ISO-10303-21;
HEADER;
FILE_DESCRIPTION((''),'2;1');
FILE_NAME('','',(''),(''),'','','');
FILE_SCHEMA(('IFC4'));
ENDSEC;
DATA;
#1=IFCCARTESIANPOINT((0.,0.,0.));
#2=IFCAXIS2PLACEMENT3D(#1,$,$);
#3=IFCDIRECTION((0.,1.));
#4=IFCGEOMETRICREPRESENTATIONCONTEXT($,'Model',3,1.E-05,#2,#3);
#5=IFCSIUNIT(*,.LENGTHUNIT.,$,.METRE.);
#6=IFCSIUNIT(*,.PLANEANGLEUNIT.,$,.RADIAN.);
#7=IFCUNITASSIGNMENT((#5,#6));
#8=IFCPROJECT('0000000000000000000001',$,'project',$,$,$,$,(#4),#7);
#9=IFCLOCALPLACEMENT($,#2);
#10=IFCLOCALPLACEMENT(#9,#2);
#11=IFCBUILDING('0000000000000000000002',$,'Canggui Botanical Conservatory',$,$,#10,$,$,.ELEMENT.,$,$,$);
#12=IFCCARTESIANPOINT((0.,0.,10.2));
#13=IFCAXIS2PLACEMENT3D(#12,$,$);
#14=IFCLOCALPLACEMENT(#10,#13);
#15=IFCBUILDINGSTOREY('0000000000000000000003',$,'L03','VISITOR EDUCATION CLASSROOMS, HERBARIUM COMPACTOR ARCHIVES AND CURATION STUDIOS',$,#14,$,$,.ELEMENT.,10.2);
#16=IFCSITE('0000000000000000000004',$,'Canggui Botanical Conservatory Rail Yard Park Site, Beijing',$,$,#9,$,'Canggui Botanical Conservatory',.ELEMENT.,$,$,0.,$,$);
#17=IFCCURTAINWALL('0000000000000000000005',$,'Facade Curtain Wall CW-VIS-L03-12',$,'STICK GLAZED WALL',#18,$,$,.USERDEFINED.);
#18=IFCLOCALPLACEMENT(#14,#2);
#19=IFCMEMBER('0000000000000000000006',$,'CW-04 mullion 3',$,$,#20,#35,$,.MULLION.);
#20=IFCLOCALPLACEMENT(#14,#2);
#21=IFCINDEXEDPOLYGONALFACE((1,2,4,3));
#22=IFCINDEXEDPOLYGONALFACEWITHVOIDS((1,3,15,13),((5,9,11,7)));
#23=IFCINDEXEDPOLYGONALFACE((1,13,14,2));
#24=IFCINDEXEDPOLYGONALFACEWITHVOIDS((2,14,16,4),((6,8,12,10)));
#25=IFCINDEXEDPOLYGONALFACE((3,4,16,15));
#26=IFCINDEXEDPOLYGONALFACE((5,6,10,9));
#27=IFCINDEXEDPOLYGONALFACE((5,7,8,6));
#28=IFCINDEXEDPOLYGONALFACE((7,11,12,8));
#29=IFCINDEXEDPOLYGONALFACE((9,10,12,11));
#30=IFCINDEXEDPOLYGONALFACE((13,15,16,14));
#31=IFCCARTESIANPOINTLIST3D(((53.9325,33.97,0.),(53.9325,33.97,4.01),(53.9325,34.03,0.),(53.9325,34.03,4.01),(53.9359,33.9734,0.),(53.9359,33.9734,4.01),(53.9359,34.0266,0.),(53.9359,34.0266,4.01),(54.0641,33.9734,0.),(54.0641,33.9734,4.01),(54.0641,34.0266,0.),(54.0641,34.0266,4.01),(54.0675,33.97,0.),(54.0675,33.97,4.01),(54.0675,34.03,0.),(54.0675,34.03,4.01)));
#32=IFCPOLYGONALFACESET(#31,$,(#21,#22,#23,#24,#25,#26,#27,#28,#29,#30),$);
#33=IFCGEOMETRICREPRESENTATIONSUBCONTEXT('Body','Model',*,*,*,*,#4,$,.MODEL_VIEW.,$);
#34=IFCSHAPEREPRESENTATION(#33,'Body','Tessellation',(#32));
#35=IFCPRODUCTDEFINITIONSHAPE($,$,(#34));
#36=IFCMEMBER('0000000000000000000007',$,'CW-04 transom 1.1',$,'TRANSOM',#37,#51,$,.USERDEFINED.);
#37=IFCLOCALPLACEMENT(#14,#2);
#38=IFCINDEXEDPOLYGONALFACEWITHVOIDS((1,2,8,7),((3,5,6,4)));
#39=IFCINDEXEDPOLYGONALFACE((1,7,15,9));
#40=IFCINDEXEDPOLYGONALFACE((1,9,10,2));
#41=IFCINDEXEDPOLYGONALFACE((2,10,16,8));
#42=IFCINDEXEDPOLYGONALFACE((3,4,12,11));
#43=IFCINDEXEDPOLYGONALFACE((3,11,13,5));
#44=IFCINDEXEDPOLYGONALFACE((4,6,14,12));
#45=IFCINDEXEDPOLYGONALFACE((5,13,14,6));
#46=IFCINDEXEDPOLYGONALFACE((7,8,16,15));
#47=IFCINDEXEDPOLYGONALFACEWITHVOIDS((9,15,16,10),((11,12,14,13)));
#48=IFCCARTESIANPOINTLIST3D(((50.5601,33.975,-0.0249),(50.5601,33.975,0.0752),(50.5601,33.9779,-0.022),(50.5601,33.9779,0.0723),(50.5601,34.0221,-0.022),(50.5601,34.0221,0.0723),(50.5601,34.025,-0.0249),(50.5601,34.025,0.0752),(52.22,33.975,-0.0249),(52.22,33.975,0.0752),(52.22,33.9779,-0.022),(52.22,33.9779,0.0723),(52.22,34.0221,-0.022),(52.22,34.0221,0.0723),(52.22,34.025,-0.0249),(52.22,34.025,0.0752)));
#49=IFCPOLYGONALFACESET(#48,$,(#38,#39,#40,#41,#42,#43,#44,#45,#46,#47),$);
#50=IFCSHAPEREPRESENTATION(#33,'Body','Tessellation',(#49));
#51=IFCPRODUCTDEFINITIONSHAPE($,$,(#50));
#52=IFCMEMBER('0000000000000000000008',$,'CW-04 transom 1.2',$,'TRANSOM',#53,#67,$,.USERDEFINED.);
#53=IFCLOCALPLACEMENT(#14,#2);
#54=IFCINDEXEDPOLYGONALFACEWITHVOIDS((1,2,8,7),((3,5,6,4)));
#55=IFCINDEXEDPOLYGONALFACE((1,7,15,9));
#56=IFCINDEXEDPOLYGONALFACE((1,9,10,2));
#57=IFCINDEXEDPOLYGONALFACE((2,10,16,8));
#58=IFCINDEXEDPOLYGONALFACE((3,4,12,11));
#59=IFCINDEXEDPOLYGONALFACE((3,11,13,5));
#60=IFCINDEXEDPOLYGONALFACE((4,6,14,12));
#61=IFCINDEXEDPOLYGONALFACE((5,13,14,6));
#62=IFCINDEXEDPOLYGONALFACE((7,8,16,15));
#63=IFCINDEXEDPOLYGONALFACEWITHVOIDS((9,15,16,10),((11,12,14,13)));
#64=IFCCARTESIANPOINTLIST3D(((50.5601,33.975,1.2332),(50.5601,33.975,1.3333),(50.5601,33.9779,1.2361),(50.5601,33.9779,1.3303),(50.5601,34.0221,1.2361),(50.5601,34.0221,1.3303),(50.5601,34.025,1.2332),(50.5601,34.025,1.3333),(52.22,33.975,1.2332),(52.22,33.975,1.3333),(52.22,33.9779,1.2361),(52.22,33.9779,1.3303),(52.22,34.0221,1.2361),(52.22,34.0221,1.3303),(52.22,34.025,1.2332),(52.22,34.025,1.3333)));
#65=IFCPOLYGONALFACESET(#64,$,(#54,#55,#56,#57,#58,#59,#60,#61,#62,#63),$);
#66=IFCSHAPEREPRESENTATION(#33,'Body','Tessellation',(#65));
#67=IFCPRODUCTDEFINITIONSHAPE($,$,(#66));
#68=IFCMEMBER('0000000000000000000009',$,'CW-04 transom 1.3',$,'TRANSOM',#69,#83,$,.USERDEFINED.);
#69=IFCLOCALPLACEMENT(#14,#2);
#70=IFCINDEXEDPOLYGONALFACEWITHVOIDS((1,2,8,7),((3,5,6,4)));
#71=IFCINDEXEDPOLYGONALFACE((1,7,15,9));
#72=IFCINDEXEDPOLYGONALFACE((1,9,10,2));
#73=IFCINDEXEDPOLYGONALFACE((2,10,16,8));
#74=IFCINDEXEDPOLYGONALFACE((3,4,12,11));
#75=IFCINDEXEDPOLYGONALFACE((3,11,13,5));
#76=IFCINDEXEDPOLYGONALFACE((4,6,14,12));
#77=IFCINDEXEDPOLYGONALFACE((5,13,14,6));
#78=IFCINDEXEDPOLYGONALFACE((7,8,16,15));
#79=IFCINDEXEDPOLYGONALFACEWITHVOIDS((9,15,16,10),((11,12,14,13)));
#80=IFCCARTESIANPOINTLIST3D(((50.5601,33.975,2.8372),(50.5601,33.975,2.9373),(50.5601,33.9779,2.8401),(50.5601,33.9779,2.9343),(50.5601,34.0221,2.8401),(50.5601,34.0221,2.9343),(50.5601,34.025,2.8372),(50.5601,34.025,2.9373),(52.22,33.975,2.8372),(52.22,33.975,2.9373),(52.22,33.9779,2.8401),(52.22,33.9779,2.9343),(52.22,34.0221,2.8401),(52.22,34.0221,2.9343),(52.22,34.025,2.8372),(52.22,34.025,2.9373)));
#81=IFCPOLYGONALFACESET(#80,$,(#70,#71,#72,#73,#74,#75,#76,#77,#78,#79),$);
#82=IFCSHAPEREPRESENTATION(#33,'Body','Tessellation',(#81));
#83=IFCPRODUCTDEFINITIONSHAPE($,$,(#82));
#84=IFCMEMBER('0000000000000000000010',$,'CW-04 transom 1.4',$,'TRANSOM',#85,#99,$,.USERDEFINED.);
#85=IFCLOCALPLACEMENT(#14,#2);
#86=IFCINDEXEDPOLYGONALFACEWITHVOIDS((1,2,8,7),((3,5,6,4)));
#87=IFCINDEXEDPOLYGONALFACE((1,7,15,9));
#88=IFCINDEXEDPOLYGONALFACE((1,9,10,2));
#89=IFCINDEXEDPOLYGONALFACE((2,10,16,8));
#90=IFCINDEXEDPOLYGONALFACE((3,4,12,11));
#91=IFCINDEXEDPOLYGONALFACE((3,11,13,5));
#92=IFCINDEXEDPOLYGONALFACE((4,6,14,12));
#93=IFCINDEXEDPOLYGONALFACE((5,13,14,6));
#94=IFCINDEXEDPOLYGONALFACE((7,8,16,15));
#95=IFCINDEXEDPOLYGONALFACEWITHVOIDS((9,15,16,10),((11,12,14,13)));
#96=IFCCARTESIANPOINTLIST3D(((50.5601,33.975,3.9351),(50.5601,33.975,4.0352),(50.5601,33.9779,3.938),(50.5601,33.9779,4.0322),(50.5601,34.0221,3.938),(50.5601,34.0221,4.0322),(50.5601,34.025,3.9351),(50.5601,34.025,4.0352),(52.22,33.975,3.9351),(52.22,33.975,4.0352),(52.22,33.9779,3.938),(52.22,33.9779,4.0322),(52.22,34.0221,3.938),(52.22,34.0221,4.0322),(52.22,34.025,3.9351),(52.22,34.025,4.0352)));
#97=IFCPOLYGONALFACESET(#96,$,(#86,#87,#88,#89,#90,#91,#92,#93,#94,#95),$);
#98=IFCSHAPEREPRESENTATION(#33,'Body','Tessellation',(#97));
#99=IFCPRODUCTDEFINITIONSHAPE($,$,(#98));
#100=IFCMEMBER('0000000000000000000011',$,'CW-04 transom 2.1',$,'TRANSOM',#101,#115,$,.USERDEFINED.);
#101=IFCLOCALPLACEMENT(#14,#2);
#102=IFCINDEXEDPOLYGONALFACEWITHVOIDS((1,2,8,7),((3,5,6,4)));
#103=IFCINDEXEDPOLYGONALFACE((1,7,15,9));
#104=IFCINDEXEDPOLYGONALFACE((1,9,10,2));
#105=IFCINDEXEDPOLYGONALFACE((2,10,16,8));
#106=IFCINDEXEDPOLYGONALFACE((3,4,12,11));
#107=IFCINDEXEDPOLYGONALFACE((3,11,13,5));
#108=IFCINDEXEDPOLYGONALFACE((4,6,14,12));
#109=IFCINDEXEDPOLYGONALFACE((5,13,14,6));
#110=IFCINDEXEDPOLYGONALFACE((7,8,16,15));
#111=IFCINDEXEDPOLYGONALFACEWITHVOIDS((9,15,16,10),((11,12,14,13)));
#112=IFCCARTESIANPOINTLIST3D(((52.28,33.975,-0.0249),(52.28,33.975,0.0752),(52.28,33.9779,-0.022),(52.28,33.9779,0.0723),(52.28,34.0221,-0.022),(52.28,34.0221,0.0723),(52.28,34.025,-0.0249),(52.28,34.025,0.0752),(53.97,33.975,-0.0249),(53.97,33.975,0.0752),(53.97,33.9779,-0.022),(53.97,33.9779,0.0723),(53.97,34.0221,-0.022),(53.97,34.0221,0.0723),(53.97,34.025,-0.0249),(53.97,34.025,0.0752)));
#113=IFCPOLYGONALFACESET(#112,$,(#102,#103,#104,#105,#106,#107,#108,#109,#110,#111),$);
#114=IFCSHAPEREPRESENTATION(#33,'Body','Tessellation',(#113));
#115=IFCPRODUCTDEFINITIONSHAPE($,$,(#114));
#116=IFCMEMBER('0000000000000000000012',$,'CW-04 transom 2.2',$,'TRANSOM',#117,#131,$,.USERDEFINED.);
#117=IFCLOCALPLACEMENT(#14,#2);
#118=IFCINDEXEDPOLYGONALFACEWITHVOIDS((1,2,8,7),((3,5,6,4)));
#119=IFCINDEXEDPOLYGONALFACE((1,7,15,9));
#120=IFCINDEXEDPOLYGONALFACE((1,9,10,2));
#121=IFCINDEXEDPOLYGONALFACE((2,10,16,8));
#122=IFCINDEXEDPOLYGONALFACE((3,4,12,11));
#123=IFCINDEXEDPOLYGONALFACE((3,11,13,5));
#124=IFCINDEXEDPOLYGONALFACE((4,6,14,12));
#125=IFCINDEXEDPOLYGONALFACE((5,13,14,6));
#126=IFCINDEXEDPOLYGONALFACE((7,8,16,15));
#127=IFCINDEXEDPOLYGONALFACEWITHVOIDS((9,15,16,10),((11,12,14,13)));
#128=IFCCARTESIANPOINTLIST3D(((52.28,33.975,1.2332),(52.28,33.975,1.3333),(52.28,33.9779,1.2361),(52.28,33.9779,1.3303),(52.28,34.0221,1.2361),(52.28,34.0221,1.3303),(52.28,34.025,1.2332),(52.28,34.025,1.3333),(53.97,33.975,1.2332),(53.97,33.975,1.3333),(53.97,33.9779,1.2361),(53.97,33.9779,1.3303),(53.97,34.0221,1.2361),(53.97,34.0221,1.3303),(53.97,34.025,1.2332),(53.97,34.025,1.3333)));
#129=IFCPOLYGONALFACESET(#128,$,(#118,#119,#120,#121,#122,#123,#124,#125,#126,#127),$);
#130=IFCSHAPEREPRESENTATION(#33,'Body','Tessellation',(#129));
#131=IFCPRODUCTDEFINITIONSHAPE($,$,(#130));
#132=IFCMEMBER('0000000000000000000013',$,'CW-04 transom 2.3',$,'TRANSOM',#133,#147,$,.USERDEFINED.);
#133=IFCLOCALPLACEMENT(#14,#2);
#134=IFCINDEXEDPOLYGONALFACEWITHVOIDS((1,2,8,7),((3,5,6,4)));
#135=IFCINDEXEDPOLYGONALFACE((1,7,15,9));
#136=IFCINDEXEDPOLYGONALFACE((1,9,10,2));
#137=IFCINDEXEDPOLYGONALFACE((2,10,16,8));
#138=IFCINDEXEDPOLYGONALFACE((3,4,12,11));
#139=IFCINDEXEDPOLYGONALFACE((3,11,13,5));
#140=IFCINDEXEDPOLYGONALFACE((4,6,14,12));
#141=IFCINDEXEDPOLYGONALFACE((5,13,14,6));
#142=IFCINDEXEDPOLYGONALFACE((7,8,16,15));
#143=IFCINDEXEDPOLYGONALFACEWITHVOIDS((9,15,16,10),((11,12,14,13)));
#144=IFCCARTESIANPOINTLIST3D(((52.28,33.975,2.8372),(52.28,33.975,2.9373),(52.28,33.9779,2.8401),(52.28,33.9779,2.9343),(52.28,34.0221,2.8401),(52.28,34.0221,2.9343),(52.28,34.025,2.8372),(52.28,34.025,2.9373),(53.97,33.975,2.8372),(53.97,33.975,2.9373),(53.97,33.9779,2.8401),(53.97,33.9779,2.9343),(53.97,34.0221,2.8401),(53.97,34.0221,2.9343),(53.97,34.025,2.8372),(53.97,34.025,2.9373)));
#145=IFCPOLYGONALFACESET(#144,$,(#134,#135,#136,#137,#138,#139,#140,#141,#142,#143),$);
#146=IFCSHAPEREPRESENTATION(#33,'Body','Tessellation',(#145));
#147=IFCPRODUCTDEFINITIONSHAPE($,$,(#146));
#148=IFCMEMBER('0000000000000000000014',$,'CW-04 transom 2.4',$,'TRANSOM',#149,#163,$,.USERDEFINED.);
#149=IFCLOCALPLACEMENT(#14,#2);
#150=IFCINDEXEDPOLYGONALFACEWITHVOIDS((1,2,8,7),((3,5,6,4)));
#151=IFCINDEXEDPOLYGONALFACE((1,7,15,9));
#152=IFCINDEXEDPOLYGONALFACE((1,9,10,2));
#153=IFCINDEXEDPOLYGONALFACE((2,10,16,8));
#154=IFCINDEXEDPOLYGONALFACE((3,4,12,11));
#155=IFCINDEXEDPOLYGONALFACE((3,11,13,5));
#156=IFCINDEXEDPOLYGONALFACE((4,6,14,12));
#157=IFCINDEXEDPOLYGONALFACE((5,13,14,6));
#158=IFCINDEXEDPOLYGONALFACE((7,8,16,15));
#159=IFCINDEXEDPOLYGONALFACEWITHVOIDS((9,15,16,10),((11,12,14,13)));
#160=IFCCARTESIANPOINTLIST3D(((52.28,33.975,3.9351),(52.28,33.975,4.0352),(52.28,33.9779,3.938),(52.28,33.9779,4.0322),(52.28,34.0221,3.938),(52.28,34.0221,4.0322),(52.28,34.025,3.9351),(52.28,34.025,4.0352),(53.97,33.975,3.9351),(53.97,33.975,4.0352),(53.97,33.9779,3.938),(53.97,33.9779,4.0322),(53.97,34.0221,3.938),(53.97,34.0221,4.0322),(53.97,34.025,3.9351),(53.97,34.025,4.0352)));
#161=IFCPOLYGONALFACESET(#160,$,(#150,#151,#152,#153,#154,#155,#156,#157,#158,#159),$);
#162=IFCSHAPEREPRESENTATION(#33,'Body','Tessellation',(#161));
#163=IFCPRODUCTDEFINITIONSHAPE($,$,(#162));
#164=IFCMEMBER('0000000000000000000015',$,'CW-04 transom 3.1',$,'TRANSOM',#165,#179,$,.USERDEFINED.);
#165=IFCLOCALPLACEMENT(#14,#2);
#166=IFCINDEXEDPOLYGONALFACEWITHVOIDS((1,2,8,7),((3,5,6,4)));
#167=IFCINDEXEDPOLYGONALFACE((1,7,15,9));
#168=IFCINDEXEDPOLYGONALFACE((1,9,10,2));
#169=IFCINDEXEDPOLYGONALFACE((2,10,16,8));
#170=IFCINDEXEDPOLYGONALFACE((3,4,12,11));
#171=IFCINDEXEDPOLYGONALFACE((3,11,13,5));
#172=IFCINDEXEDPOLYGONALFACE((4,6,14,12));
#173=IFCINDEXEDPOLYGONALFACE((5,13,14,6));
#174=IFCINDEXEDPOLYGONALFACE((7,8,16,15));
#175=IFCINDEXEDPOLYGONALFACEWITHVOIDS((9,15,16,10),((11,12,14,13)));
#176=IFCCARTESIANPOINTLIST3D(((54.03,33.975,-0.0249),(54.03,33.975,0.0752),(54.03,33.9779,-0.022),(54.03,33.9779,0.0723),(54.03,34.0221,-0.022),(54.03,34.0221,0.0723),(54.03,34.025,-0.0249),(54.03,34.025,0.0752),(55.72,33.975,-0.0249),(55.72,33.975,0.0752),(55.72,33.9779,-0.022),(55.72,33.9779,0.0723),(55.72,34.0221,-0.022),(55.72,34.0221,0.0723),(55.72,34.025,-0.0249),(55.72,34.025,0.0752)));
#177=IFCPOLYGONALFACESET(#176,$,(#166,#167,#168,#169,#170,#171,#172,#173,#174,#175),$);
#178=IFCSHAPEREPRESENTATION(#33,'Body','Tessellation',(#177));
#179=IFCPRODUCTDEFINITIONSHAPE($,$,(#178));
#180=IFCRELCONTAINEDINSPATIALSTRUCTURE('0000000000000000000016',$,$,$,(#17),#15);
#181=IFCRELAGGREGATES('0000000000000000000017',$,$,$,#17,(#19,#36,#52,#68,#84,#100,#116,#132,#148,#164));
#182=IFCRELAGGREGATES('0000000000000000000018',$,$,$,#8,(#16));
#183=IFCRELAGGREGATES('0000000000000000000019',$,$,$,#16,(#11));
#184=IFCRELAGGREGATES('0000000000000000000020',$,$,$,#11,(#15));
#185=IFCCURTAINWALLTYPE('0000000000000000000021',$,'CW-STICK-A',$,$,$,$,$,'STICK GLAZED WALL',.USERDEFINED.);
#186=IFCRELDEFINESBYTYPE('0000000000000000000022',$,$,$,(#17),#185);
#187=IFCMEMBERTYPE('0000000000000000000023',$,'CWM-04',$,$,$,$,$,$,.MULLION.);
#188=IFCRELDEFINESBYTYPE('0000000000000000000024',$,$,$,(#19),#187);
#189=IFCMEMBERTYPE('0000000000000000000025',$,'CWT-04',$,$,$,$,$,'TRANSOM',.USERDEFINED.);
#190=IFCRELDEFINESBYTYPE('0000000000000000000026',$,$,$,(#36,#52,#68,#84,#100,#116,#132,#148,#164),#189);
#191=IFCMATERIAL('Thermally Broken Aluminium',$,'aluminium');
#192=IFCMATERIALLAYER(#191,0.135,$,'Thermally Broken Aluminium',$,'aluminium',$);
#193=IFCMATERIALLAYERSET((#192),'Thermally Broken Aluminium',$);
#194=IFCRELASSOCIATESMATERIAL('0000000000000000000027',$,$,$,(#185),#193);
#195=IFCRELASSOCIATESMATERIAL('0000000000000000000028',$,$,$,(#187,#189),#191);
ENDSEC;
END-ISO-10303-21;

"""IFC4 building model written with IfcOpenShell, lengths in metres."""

from ifc_helpers import new_model, si_unit, direction, frame, origin, origin_2d, place, context, subcontext, project, spatial, hollow_rectangle, extrude, material, layer, layer_set, material_profile, profile_set, type_object, element, aggregate, save


model = new_model("IFC4")

# Units and contexts
model_context = context("Model", 3, precision=1e-05, world=origin(), true_north=direction((0.0, 1.0)))
body_context = subcontext(model_context, "Body", "Model", "MODEL_VIEW")
ifc_project = project(units=[si_unit("LENGTHUNIT", "METRE"), si_unit("PLANEANGLEUNIT", "RADIAN")], contexts=[model_context])

# Site, building, storey
site_placement = place(None, origin())
site = spatial("IfcSite", under=ifc_project, at=site_placement, Name="Canggui Botanical Conservatory Rail Yard Park Site, Beijing", LongName="Canggui Botanical Conservatory", CompositionType="ELEMENT", RefElevation=0.0)
building_placement = place(site_placement, origin())
building = spatial("IfcBuilding", under=site, at=building_placement, Name="Canggui Botanical Conservatory", CompositionType="ELEMENT")
storey_placement = place(building_placement, frame((0.0, 0.0, 10.2)))
storey = spatial("IfcBuildingStorey", under=building, at=storey_placement, Name="L03", Description="VISITOR EDUCATION CLASSROOMS, HERBARIUM COMPACTOR ARCHIVES AND CURATION STUDIOS", CompositionType="ELEMENT", Elevation=10.2)

# Curtain wall, members
ifc_material_1 = material(Name="Thermally Broken Aluminium", Category="aluminium")
ifc_layer_1 = layer(ifc_material_1, 0.135, Name="Thermally Broken Aluminium", Category="aluminium")
ifc_layer_set_1 = layer_set([ifc_layer_1], Name="Thermally Broken Aluminium")
curtain_wall_type = type_object("IfcCurtainWallType", Name="CW-STICK-A", ElementType="STICK GLAZED WALL", PredefinedType="USERDEFINED", material=ifc_layer_set_1)
curtain_wall_placement = place(storey_placement, origin())
curtain_wall = element("IfcCurtainWall", 1, at=curtain_wall_placement, inside=storey, type_object=curtain_wall_type, Name="Facade Curtain Wall CW-VIS-L03-12", ObjectType="STICK GLAZED WALL", PredefinedType="USERDEFINED")
ifc_material_profile_1 = material_profile(ifc_material_1, hollow_rectangle(XDim=0.0601, YDim=0.135, WallThickness=0.0034, at=origin_2d()), Name="CWM 60x135x3.5")
ifc_profile_set_1 = profile_set([ifc_material_profile_1], Name="Thermally Broken Aluminium")
member_type_1 = type_object("IfcMemberType", Name="CWM-04", PredefinedType="MULLION", material=ifc_profile_set_1)
member_1_placement = place(storey_placement, frame((54.0, 34.0, 0.0), z_axis=(0.0, 0.0, 1.0), x_axis=(0.0, 1.0, 0.0)))
member_1 = element("IfcMember", 2, at=member_1_placement, type_object=member_type_1, Name="CW-04 mullion 3", PredefinedType="MULLION", context=body_context, shape_type="SweptSolid", body=[
    extrude(hollow_rectangle(XDim=0.0601, YDim=0.135, WallThickness=0.0034, at=origin_2d()), origin(), (0.0, 0.0, 1.0), 4.01),
])
ifc_material_profile_2 = material_profile(ifc_material_1, hollow_rectangle(XDim=0.05, YDim=0.1001, WallThickness=0.0029, at=origin_2d()), Name="CWT 50x100x3")
ifc_profile_set_2 = profile_set([ifc_material_profile_2], Name="Thermally Broken Aluminium")
member_type_2 = type_object("IfcMemberType", Name="CWT-04", ElementType="TRANSOM", PredefinedType="USERDEFINED", material=ifc_profile_set_2)
member_2_placement = place(storey_placement, frame((50.5601, 34.0, 0.0251), z_axis=(1.0, 0.0, 0.0), x_axis=(0.0, 1.0, 0.0)))
member_2 = element("IfcMember", 3, at=member_2_placement, type_object=member_type_2, Name="CW-04 transom 1.1", ObjectType="TRANSOM", PredefinedType="USERDEFINED", context=body_context, shape_type="SweptSolid", body=[
    extrude(hollow_rectangle(XDim=0.05, YDim=0.1001, WallThickness=0.0029, at=origin_2d()), origin(), (0.0, 0.0, 1.0), 1.6599),
])
member_3_placement = place(storey_placement, frame((50.5601, 34.0, 1.2832), z_axis=(1.0, 0.0, 0.0), x_axis=(0.0, 1.0, 0.0)))
member_3 = element("IfcMember", 4, at=member_3_placement, type_object=member_type_2, Name="CW-04 transom 1.2", ObjectType="TRANSOM", PredefinedType="USERDEFINED", context=body_context, shape_type="SweptSolid", body=[
    extrude(hollow_rectangle(XDim=0.05, YDim=0.1001, WallThickness=0.0029, at=origin_2d()), origin(), (0.0, 0.0, 1.0), 1.6599),
])
member_4_placement = place(storey_placement, frame((50.5601, 34.0, 2.8872), z_axis=(1.0, 0.0, 0.0), x_axis=(0.0, 1.0, 0.0)))
member_4 = element("IfcMember", 5, at=member_4_placement, type_object=member_type_2, Name="CW-04 transom 1.3", ObjectType="TRANSOM", PredefinedType="USERDEFINED", context=body_context, shape_type="SweptSolid", body=[
    extrude(hollow_rectangle(XDim=0.05, YDim=0.1001, WallThickness=0.0029, at=origin_2d()), origin(), (0.0, 0.0, 1.0), 1.6599),
])
member_5_placement = place(storey_placement, frame((50.5601, 34.0, 3.9851), z_axis=(1.0, 0.0, 0.0), x_axis=(0.0, 1.0, 0.0)))
member_5 = element("IfcMember", 6, at=member_5_placement, type_object=member_type_2, Name="CW-04 transom 1.4", ObjectType="TRANSOM", PredefinedType="USERDEFINED", context=body_context, shape_type="SweptSolid", body=[
    extrude(hollow_rectangle(XDim=0.05, YDim=0.1001, WallThickness=0.0029, at=origin_2d()), origin(), (0.0, 0.0, 1.0), 1.6599),
])
member_6_placement = place(storey_placement, frame((52.28, 34.0, 0.0251), z_axis=(1.0, 0.0, 0.0), x_axis=(0.0, 1.0, 0.0)))
member_6 = element("IfcMember", 7, at=member_6_placement, type_object=member_type_2, Name="CW-04 transom 2.1", ObjectType="TRANSOM", PredefinedType="USERDEFINED", context=body_context, shape_type="SweptSolid", body=[
    extrude(hollow_rectangle(XDim=0.05, YDim=0.1001, WallThickness=0.0029, at=origin_2d()), origin(), (0.0, 0.0, 1.0), 1.6899),
])
member_7_placement = place(storey_placement, frame((52.28, 34.0, 1.2832), z_axis=(1.0, 0.0, 0.0), x_axis=(0.0, 1.0, 0.0)))
member_7 = element("IfcMember", 8, at=member_7_placement, type_object=member_type_2, Name="CW-04 transom 2.2", ObjectType="TRANSOM", PredefinedType="USERDEFINED", context=body_context, shape_type="SweptSolid", body=[
    extrude(hollow_rectangle(XDim=0.05, YDim=0.1001, WallThickness=0.0029, at=origin_2d()), origin(), (0.0, 0.0, 1.0), 1.6899),
])
member_8_placement = place(storey_placement, frame((52.28, 34.0, 2.8872), z_axis=(1.0, 0.0, 0.0), x_axis=(0.0, 1.0, 0.0)))
member_8 = element("IfcMember", 9, at=member_8_placement, type_object=member_type_2, Name="CW-04 transom 2.3", ObjectType="TRANSOM", PredefinedType="USERDEFINED", context=body_context, shape_type="SweptSolid", body=[
    extrude(hollow_rectangle(XDim=0.05, YDim=0.1001, WallThickness=0.0029, at=origin_2d()), origin(), (0.0, 0.0, 1.0), 1.6899),
])
member_9_placement = place(storey_placement, frame((52.28, 34.0, 3.9851), z_axis=(1.0, 0.0, 0.0), x_axis=(0.0, 1.0, 0.0)))
member_9 = element("IfcMember", 10, at=member_9_placement, type_object=member_type_2, Name="CW-04 transom 2.4", ObjectType="TRANSOM", PredefinedType="USERDEFINED", context=body_context, shape_type="SweptSolid", body=[
    extrude(hollow_rectangle(XDim=0.05, YDim=0.1001, WallThickness=0.0029, at=origin_2d()), origin(), (0.0, 0.0, 1.0), 1.6899),
])
member_10_placement = place(storey_placement, frame((54.03, 34.0, 0.0251), z_axis=(1.0, 0.0, 0.0), x_axis=(0.0, 1.0, 0.0)))
member_10 = element("IfcMember", 11, at=member_10_placement, type_object=member_type_2, Name="CW-04 transom 3.1", ObjectType="TRANSOM", PredefinedType="USERDEFINED", context=body_context, shape_type="SweptSolid", body=[
    extrude(hollow_rectangle(XDim=0.05, YDim=0.1001, WallThickness=0.0029, at=origin_2d()), origin(), (0.0, 0.0, 1.0), 1.6899),
])

aggregate(curtain_wall, [member_1, member_2, member_3, member_4, member_5, member_6, member_7, member_8, member_9, member_10])

save(model, "model.ifc")
